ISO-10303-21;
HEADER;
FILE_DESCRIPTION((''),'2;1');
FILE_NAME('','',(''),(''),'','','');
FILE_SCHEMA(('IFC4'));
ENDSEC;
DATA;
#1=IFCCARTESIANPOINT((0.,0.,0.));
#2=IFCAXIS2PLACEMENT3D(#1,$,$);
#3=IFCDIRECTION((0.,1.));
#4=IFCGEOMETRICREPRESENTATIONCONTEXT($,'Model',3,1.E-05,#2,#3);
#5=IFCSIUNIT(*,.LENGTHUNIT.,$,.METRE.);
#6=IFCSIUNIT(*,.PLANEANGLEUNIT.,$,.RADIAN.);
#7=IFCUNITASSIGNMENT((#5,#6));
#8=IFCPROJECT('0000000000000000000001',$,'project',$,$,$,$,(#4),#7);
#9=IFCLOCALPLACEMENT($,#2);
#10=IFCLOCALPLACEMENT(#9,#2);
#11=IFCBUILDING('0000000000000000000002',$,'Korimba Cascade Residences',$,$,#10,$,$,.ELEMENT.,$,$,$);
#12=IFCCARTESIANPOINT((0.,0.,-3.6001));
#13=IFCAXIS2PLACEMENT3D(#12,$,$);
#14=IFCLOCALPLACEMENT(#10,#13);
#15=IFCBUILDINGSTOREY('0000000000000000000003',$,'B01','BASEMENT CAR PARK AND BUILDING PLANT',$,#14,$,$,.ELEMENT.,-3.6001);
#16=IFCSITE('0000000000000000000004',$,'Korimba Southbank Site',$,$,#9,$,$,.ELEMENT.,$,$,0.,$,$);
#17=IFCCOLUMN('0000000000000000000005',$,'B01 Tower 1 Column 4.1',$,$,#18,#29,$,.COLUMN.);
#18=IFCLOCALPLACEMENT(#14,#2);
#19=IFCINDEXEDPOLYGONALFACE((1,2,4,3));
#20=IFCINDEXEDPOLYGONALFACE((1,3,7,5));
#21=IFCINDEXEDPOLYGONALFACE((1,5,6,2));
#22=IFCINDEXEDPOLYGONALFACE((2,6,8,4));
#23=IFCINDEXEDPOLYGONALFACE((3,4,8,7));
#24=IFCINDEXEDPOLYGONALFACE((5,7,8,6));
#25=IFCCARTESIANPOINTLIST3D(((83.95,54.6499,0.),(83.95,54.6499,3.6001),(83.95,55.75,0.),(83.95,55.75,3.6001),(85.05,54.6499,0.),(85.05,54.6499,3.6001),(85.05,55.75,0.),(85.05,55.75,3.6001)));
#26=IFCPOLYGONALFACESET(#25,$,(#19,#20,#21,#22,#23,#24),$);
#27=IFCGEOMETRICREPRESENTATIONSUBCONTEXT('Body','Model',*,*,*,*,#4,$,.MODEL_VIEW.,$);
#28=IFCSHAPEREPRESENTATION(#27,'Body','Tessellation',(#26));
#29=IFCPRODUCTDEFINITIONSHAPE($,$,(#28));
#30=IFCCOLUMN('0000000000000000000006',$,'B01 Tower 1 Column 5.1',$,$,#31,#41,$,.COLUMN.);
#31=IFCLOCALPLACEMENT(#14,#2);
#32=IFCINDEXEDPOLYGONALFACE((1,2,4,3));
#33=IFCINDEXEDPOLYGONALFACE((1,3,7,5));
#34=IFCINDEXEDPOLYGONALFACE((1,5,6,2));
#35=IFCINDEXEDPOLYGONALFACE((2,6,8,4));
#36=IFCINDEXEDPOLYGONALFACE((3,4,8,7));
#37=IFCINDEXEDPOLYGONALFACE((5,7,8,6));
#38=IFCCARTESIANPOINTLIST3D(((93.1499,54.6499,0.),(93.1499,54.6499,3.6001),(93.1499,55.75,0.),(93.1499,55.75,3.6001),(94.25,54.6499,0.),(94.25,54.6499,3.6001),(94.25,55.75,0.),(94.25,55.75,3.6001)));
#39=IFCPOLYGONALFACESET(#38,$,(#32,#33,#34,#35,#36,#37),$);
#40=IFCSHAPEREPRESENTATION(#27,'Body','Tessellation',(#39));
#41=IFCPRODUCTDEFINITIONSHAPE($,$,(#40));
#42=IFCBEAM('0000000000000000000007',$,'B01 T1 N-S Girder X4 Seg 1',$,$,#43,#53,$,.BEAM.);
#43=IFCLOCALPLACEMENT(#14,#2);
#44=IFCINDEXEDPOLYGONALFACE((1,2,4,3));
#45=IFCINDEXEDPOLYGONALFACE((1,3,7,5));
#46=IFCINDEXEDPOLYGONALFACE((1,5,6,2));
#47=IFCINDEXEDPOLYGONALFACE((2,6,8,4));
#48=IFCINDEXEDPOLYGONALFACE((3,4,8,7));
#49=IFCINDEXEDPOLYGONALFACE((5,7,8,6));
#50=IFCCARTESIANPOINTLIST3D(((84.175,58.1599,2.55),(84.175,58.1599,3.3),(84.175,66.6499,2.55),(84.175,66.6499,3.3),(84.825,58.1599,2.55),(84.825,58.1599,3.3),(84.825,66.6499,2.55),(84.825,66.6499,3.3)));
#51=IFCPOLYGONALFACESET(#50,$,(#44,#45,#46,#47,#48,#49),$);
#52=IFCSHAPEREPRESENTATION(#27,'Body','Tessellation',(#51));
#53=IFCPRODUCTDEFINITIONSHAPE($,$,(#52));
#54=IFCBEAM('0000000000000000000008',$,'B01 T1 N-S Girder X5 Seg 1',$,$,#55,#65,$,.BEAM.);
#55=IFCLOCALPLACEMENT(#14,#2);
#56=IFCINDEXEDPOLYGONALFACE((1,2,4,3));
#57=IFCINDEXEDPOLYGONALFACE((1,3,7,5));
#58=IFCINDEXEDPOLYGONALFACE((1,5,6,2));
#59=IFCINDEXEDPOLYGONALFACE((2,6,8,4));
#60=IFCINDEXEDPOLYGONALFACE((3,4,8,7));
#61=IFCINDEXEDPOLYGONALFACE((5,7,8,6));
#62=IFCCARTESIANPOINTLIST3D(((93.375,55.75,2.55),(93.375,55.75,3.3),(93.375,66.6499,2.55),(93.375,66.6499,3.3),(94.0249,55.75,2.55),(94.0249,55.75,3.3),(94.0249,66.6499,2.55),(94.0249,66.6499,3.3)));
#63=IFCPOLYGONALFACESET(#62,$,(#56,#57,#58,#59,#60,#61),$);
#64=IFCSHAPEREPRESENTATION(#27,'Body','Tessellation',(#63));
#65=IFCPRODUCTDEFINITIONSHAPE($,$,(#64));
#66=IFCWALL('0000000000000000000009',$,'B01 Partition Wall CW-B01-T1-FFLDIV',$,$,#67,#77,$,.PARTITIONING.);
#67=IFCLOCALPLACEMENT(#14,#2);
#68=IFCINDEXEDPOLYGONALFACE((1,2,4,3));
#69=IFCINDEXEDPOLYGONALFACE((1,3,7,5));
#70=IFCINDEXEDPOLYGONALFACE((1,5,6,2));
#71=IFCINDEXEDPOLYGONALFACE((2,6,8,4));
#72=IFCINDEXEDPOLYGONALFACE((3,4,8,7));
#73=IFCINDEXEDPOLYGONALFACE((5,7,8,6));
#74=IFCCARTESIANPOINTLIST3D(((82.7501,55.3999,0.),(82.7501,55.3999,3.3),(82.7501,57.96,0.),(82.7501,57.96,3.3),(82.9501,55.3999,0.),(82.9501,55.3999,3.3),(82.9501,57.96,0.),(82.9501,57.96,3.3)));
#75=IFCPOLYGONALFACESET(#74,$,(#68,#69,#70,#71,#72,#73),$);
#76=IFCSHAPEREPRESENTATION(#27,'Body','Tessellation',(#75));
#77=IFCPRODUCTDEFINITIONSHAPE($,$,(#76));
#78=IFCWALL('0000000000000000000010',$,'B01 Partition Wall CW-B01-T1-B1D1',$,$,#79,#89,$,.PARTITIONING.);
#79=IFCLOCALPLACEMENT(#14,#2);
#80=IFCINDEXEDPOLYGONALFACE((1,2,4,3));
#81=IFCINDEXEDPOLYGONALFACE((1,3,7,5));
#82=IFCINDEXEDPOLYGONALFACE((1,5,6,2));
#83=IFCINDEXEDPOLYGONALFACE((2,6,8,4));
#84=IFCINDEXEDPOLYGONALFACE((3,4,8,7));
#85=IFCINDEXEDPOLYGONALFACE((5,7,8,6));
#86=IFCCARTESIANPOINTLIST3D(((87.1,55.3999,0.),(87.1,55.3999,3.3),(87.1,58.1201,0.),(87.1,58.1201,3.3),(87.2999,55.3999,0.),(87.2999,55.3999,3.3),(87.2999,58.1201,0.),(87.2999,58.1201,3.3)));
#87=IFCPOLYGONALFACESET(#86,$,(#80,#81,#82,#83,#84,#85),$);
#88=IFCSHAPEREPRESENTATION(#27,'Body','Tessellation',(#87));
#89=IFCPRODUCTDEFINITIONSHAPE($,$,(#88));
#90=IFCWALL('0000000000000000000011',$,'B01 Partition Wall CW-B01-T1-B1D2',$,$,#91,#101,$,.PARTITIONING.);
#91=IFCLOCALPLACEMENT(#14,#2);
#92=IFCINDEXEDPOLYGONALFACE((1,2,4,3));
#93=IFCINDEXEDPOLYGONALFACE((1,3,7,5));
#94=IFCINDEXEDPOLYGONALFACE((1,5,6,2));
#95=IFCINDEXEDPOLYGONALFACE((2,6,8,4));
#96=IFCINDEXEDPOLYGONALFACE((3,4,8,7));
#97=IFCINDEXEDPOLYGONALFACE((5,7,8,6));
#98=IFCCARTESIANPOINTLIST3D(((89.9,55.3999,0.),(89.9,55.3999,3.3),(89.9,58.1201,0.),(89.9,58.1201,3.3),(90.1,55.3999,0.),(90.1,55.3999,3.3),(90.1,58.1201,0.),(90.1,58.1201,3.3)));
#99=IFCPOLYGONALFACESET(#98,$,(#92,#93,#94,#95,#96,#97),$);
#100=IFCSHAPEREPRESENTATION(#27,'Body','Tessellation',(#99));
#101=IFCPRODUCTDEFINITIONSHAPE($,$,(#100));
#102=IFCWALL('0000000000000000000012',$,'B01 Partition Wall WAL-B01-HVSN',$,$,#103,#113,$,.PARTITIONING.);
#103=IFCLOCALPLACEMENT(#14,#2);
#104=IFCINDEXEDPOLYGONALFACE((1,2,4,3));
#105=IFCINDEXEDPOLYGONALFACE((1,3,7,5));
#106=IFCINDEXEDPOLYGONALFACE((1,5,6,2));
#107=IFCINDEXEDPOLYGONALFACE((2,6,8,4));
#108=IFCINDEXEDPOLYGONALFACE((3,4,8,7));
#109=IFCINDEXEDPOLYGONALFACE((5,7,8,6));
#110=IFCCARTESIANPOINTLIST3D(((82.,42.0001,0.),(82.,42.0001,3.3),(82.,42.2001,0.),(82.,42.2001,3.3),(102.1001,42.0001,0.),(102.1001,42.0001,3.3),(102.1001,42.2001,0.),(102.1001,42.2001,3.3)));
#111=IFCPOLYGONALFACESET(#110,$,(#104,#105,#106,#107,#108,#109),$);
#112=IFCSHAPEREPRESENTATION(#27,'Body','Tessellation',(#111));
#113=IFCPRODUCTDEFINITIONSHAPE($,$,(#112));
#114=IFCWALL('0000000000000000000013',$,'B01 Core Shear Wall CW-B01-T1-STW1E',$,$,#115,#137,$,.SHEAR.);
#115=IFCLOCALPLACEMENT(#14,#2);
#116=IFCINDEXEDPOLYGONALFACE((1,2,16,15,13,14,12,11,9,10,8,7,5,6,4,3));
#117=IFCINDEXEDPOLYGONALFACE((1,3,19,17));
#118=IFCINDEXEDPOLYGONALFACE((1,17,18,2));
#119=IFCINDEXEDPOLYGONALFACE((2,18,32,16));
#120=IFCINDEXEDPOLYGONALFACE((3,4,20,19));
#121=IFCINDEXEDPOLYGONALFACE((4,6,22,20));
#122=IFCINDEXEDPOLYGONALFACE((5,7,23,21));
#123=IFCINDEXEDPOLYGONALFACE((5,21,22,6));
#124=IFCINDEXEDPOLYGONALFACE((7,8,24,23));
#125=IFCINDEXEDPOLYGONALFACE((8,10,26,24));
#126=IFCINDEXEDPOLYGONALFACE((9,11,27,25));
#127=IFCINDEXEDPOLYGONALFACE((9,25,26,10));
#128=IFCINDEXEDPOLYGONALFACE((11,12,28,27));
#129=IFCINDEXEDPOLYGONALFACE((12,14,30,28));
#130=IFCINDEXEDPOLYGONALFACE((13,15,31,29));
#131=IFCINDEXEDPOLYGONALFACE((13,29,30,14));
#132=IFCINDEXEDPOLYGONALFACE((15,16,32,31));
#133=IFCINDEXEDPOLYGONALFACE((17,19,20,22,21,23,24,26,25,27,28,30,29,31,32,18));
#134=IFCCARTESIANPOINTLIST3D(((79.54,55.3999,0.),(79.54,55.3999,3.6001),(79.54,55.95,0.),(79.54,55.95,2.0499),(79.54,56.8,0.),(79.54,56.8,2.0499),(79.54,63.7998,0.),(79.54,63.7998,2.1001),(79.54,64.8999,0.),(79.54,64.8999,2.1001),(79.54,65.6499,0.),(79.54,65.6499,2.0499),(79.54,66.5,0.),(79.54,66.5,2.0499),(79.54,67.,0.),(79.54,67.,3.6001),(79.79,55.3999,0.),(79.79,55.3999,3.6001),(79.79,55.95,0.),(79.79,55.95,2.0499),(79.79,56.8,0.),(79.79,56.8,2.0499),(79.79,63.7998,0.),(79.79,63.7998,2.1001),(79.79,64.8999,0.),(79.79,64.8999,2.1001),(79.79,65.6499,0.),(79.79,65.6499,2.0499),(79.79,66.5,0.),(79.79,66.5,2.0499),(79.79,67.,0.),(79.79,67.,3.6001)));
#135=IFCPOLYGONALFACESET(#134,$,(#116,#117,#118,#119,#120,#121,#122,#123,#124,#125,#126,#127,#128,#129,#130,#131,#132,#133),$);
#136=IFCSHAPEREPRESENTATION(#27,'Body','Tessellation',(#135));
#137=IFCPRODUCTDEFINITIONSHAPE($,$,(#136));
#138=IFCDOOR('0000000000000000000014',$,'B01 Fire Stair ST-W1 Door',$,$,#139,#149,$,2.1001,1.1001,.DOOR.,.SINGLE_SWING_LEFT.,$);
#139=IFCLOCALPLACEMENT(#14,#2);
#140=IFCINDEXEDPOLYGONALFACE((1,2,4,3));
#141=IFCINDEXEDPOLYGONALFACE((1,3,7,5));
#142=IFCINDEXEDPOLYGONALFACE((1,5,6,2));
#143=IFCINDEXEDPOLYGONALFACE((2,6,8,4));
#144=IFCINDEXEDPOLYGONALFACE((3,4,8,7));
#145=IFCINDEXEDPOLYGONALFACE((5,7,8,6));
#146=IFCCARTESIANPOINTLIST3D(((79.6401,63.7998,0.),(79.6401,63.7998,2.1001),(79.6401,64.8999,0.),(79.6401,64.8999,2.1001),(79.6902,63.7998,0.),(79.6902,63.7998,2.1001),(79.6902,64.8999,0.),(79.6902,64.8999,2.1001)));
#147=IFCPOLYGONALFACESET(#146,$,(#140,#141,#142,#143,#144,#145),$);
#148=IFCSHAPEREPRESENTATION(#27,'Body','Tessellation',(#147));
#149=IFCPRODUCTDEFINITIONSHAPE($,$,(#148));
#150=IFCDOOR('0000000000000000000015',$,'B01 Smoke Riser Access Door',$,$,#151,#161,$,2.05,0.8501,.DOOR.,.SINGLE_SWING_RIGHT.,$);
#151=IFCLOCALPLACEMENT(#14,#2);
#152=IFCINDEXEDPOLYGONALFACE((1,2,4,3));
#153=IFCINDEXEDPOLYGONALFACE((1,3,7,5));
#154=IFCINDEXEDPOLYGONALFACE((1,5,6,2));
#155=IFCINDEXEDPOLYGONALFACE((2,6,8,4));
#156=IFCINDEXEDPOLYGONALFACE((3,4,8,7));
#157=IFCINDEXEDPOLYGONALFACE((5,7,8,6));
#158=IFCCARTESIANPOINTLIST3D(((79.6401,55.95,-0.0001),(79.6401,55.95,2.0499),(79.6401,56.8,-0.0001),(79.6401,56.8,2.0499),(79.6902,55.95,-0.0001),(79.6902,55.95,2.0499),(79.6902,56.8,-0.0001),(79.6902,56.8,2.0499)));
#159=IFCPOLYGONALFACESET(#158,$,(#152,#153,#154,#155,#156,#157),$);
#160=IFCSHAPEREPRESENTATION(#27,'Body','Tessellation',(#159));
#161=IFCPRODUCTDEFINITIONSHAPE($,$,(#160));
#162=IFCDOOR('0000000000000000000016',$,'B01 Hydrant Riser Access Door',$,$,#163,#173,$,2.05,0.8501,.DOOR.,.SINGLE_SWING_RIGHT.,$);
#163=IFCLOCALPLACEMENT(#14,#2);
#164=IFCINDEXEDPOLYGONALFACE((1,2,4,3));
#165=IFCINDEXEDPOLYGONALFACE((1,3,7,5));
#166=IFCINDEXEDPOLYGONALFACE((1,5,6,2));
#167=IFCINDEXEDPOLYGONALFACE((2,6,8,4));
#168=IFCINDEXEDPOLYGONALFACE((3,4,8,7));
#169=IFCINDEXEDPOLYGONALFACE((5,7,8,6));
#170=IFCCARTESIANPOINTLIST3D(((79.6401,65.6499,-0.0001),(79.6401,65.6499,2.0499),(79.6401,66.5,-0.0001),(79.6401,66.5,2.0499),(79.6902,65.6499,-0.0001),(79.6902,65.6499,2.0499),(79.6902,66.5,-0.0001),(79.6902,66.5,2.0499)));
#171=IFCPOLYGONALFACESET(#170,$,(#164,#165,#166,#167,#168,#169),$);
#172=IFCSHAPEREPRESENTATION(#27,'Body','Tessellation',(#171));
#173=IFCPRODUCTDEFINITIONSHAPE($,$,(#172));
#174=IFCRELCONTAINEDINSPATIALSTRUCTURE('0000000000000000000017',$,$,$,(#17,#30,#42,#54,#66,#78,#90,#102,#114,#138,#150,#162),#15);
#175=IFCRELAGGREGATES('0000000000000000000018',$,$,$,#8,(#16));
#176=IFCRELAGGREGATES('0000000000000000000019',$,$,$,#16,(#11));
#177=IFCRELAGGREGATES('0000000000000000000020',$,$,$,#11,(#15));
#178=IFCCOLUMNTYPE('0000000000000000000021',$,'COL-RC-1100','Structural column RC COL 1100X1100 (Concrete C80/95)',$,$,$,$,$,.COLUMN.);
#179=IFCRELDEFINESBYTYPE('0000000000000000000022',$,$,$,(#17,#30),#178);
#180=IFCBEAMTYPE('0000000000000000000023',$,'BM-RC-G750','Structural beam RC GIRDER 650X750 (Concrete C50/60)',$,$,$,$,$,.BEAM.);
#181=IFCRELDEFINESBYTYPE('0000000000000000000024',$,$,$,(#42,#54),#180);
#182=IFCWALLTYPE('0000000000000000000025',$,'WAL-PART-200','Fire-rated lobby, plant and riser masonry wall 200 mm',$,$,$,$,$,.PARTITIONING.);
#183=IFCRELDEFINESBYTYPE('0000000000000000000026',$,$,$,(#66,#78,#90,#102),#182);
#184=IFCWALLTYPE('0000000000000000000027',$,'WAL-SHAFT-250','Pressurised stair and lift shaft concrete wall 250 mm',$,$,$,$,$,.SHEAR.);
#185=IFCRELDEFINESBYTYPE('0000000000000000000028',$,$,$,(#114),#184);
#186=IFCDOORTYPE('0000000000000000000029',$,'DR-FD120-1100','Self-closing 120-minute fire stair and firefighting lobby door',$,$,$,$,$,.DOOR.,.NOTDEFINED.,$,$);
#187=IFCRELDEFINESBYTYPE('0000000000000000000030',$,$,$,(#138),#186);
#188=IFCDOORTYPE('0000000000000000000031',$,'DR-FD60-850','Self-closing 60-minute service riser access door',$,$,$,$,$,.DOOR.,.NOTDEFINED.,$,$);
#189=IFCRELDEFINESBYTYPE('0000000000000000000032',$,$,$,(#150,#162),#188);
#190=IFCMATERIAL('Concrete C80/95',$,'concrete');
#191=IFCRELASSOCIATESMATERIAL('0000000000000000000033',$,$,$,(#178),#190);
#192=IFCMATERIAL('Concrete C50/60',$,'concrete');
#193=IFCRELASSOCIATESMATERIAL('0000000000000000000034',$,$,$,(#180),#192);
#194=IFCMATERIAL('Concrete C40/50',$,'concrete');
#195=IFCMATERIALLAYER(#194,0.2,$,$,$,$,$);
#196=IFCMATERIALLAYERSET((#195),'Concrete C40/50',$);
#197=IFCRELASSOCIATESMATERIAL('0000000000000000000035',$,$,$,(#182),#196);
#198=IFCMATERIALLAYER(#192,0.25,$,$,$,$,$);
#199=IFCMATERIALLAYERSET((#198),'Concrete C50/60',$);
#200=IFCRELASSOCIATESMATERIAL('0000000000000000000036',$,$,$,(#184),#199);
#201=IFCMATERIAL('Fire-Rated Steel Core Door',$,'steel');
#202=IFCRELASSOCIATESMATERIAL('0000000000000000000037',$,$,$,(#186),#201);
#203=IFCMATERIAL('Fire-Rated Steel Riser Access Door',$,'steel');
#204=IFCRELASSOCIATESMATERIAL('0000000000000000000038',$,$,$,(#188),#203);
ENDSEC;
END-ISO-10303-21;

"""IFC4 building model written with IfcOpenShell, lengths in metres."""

from ifc_helpers import new_model, si_unit, direction, frame, frame_2d, origin, origin_2d, place, context, subcontext, project, spatial, rectangle, extrude, material, layer, layer_set, material_profile, profile_set, type_object, element, fill, save


model = new_model("IFC4")

# Units and contexts
model_context = context("Model", 3, precision=1e-05, world=origin(), true_north=direction((0.0, 1.0)))
body_context = subcontext(model_context, "Body", "Model", "MODEL_VIEW")
ifc_project = project(units=[si_unit("LENGTHUNIT", "METRE"), si_unit("PLANEANGLEUNIT", "RADIAN")], contexts=[model_context])

# Site, building, storey
site_placement = place(None, origin())
site = spatial("IfcSite", under=ifc_project, at=site_placement, Name="Korimba Southbank Site", CompositionType="ELEMENT", RefElevation=0.0)
building_placement = place(site_placement, origin())
building = spatial("IfcBuilding", under=site, at=building_placement, Name="Korimba Cascade Residences", CompositionType="ELEMENT")
storey_placement = place(building_placement, frame((0.0, 0.0, -3.6001)))
storey = spatial("IfcBuildingStorey", under=building, at=storey_placement, Name="B01", Description="BASEMENT CAR PARK AND BUILDING PLANT", CompositionType="ELEMENT", Elevation=-3.6001)

# Columns
ifc_material_1 = material(Name="Concrete C80/95", Category="concrete")
ifc_material_profile_1 = material_profile(ifc_material_1, rectangle(XDim=1.1001, YDim=1.1001, at=origin_2d()), Name="Concrete C80/95")
ifc_profile_set_1 = profile_set([ifc_material_profile_1], Name="Concrete C80/95")
column_type = type_object("IfcColumnType", Name="COL-RC-1100", Description="Structural column RC COL 1100X1100 (Concrete C80/95)", PredefinedType="COLUMN", material=ifc_profile_set_1)
for number, where, z_axis, x_axis, name in (
    (1, (84.5, 55.2, 0.0), (0.0, 0.0, 1.0), (1.0, 0.0, 0.0), "B01 Tower 1 Column 4.1"),
    (2, (93.7, 55.2, 0.0), (0.0, 0.0, 1.0), (1.0, 0.0, 0.0), "B01 Tower 1 Column 5.1"),
):
    element("IfcColumn", number, at=place(storey_placement, frame(where, z_axis=z_axis, x_axis=x_axis)), inside=storey, type_object=column_type, Name=name, PredefinedType="COLUMN", context=body_context, shape_type="SweptSolid", body=[
        extrude(rectangle(XDim=1.1001, YDim=1.1001, at=origin_2d()), origin(), (0.0, 0.0, 1.0), 3.6001),
    ])

# Beams
ifc_material_2 = material(Name="Concrete C50/60", Category="concrete")
ifc_material_profile_2 = material_profile(ifc_material_2, rectangle(XDim=0.6499, YDim=0.75, at=origin_2d()), Name="Concrete C50/60")
ifc_profile_set_2 = profile_set([ifc_material_profile_2], Name="Concrete C50/60")
beam_type = type_object("IfcBeamType", Name="BM-RC-G750", Description="Structural beam RC GIRDER 650X750 (Concrete C50/60)", PredefinedType="BEAM", material=ifc_profile_set_2)
beam_1_placement = place(storey_placement, frame((84.5, 58.1599, 2.925), z_axis=(0.0, 1.0, 0.0), x_axis=(-1.0, 0.0, 0.0)))
element("IfcBeam", 3, at=beam_1_placement, inside=storey, type_object=beam_type, Name="B01 T1 N-S Girder X4 Seg 1", PredefinedType="BEAM", context=body_context, shape_type="SweptSolid", body=[
    extrude(rectangle(XDim=0.6499, YDim=0.75, at=origin_2d()), origin(), (0.0, 0.0, 1.0), 8.49),
])
beam_2_placement = place(storey_placement, frame((93.7, 55.75, 2.925), z_axis=(0.0, 1.0, 0.0), x_axis=(-1.0, 0.0, 0.0)))
element("IfcBeam", 4, at=beam_2_placement, inside=storey, type_object=beam_type, Name="B01 T1 N-S Girder X5 Seg 1", PredefinedType="BEAM", context=body_context, shape_type="SweptSolid", body=[
    extrude(rectangle(XDim=0.6499, YDim=0.75, at=origin_2d()), origin(), (0.0, 0.0, 1.0), 10.8999),
])

# Walls
ifc_material_3 = material(Name="Concrete C40/50", Category="concrete")
ifc_layer_1 = layer(ifc_material_3, 0.2)
ifc_layer_set_1 = layer_set([ifc_layer_1], Name="Concrete C40/50")
wall_type_1 = type_object("IfcWallType", Name="WAL-PART-200", Description="Fire-rated lobby, plant and riser masonry wall 200 mm", PredefinedType="PARTITIONING", material=ifc_layer_set_1)
wall_1_placement = place(storey_placement, frame((82.8501, 55.3999, 0.0), z_axis=(0.0, 0.0, 1.0), x_axis=(0.0, 1.0, 0.0)))
element("IfcWall", 5, at=wall_1_placement, inside=storey, type_object=wall_type_1, Name="B01 Partition Wall CW-B01-T1-FFLDIV", PredefinedType="PARTITIONING", context=body_context, shape_type="SweptSolid", body=[
    extrude(rectangle(XDim=2.5601, YDim=0.2, at=frame_2d((1.28, 0.0))), origin(), (0.0, 0.0, 1.0), 3.3),
])
for number, where, z_axis, x_axis, name in (
    (6, (87.2, 55.3999, 0.0), (0.0, 0.0, 1.0), (0.0, 1.0, 0.0), "B01 Partition Wall CW-B01-T1-B1D1"),
    (7, (90.0, 55.3999, 0.0), (0.0, 0.0, 1.0), (0.0, 1.0, 0.0), "B01 Partition Wall CW-B01-T1-B1D2"),
):
    element("IfcWall", number, at=place(storey_placement, frame(where, z_axis=z_axis, x_axis=x_axis)), inside=storey, type_object=wall_type_1, Name=name, PredefinedType="PARTITIONING", context=body_context, shape_type="SweptSolid", body=[
        extrude(rectangle(XDim=2.7202, YDim=0.2, at=frame_2d((1.3601, 0.0))), origin(), (0.0, 0.0, 1.0), 3.3),
    ])
wall_2_placement = place(storey_placement, frame((82.0, 42.1001, 0.0), z_axis=(0.0, 0.0, 1.0), x_axis=(1.0, 0.0, 0.0)))
element("IfcWall", 8, at=wall_2_placement, inside=storey, type_object=wall_type_1, Name="B01 Partition Wall WAL-B01-HVSN", PredefinedType="PARTITIONING", context=body_context, shape_type="SweptSolid", body=[
    extrude(rectangle(XDim=20.1001, YDim=0.2, at=frame_2d((10.05, 0.0))), origin(), (0.0, 0.0, 1.0), 3.3),
])

# Wall, openings, doors
ifc_layer_2 = layer(ifc_material_2, 0.25)
ifc_layer_set_2 = layer_set([ifc_layer_2], Name="Concrete C50/60")
wall_type_2 = type_object("IfcWallType", Name="WAL-SHAFT-250", Description="Pressurised stair and lift shaft concrete wall 250 mm", PredefinedType="SHEAR", material=ifc_layer_set_2)
wall_3_placement = place(storey_placement, frame((79.665, 55.3999, 0.0), z_axis=(0.0, 0.0, 1.0), x_axis=(0.0, 1.0, 0.0)))
wall_3 = element("IfcWall", 9, at=wall_3_placement, inside=storey, type_object=wall_type_2, Name="B01 Core Shear Wall CW-B01-T1-STW1E", PredefinedType="SHEAR", context=body_context, shape_type="SweptSolid", body=[
    extrude(rectangle(XDim=11.6001, YDim=0.25, at=frame_2d((5.8, 0.0))), origin(), (0.0, 0.0, 1.0), 3.6001),
])
opening_1_placement = place(wall_3_placement, frame((0.55, 0.0, 0.0)))
opening_1 = element("IfcOpeningElement", 10, at=opening_1_placement, cuts=wall_3, PredefinedType="OPENING", context=body_context, shape_type="SweptSolid", body=[
    extrude(rectangle(XDim=0.8501, YDim=2.05, at=frame_2d((0.425, 1.0249))), frame((0.0, 0.135, 0.0), z_axis=(0.0, -1.0, 0.0), x_axis=(1.0, 0.0, 0.0)), (0.0, 0.0, 1.0), 0.27),
])
opening_2_placement = place(wall_3_placement, frame((8.3999, 0.0, 0.0)))
opening_2 = element("IfcOpeningElement", 11, at=opening_2_placement, cuts=wall_3, PredefinedType="OPENING", context=body_context, shape_type="SweptSolid", body=[
    extrude(rectangle(XDim=1.1001, YDim=2.1001, at=frame_2d((0.55, 1.05))), frame((0.0, 0.135, 0.0), z_axis=(0.0, -1.0, 0.0), x_axis=(1.0, 0.0, 0.0)), (0.0, 0.0, 1.0), 0.27),
])
opening_3_placement = place(wall_3_placement, frame((10.25, 0.0, 0.0)))
opening_3 = element("IfcOpeningElement", 12, at=opening_3_placement, cuts=wall_3, PredefinedType="OPENING", context=body_context, shape_type="SweptSolid", body=[
    extrude(rectangle(XDim=0.8501, YDim=2.05, at=frame_2d((0.425, 1.0249))), frame((0.0, 0.135, 0.0), z_axis=(0.0, -1.0, 0.0), x_axis=(1.0, 0.0, 0.0)), (0.0, 0.0, 1.0), 0.27),
])
ifc_material_4 = material(Name="Fire-Rated Steel Core Door", Category="steel")
door_type_1 = type_object("IfcDoorType", Name="DR-FD120-1100", Description="Self-closing 120-minute fire stair and firefighting lobby door", OperationType="NOTDEFINED", PredefinedType="DOOR", material=ifc_material_4)
door_1_placement = place(opening_2_placement, origin())
door_1 = element("IfcDoor", 13, at=door_1_placement, inside=storey, type_object=door_type_1, Name="B01 Fire Stair ST-W1 Door", OperationType="SINGLE_SWING_LEFT", OverallHeight=2.1001, OverallWidth=1.1001, PredefinedType="DOOR", context=body_context, shape_type="SweptSolid", body=[
    extrude(rectangle(XDim=1.1001, YDim=2.1001, at=frame_2d((0.55, 1.05))), frame((0.0, 0.0249, 0.0), z_axis=(0.0, -1.0, 0.0), x_axis=(1.0, 0.0, 0.0)), (0.0, 0.0, 1.0), 0.05),
])
fill(opening_2, door_1)
ifc_material_5 = material(Name="Fire-Rated Steel Riser Access Door", Category="steel")
door_type_2 = type_object("IfcDoorType", Name="DR-FD60-850", Description="Self-closing 60-minute service riser access door", OperationType="NOTDEFINED", PredefinedType="DOOR", material=ifc_material_5)
door_2_placement = place(opening_1_placement, origin())
door_2 = element("IfcDoor", 14, at=door_2_placement, inside=storey, type_object=door_type_2, Name="B01 Smoke Riser Access Door", OperationType="SINGLE_SWING_RIGHT", OverallHeight=2.05, OverallWidth=0.8501, PredefinedType="DOOR", context=body_context, shape_type="SweptSolid", body=[
    extrude(rectangle(XDim=0.8501, YDim=2.05, at=frame_2d((0.425, 1.0249))), frame((0.0, 0.0249, 0.0), z_axis=(0.0, -1.0, 0.0), x_axis=(1.0, 0.0, 0.0)), (0.0, 0.0, 1.0), 0.05),
])
fill(opening_1, door_2)
door_3_placement = place(opening_3_placement, origin())
door_3 = element("IfcDoor", 15, at=door_3_placement, inside=storey, type_object=door_type_2, Name="B01 Hydrant Riser Access Door", OperationType="SINGLE_SWING_RIGHT", OverallHeight=2.05, OverallWidth=0.8501, PredefinedType="DOOR", context=body_context, shape_type="SweptSolid", body=[
    extrude(rectangle(XDim=0.8501, YDim=2.05, at=frame_2d((0.425, 1.0249))), frame((0.0, 0.0249, 0.0), z_axis=(0.0, -1.0, 0.0), x_axis=(1.0, 0.0, 0.0)), (0.0, 0.0, 1.0), 0.05),
])
fill(opening_3, door_3)

save(model, "model.ifc")
